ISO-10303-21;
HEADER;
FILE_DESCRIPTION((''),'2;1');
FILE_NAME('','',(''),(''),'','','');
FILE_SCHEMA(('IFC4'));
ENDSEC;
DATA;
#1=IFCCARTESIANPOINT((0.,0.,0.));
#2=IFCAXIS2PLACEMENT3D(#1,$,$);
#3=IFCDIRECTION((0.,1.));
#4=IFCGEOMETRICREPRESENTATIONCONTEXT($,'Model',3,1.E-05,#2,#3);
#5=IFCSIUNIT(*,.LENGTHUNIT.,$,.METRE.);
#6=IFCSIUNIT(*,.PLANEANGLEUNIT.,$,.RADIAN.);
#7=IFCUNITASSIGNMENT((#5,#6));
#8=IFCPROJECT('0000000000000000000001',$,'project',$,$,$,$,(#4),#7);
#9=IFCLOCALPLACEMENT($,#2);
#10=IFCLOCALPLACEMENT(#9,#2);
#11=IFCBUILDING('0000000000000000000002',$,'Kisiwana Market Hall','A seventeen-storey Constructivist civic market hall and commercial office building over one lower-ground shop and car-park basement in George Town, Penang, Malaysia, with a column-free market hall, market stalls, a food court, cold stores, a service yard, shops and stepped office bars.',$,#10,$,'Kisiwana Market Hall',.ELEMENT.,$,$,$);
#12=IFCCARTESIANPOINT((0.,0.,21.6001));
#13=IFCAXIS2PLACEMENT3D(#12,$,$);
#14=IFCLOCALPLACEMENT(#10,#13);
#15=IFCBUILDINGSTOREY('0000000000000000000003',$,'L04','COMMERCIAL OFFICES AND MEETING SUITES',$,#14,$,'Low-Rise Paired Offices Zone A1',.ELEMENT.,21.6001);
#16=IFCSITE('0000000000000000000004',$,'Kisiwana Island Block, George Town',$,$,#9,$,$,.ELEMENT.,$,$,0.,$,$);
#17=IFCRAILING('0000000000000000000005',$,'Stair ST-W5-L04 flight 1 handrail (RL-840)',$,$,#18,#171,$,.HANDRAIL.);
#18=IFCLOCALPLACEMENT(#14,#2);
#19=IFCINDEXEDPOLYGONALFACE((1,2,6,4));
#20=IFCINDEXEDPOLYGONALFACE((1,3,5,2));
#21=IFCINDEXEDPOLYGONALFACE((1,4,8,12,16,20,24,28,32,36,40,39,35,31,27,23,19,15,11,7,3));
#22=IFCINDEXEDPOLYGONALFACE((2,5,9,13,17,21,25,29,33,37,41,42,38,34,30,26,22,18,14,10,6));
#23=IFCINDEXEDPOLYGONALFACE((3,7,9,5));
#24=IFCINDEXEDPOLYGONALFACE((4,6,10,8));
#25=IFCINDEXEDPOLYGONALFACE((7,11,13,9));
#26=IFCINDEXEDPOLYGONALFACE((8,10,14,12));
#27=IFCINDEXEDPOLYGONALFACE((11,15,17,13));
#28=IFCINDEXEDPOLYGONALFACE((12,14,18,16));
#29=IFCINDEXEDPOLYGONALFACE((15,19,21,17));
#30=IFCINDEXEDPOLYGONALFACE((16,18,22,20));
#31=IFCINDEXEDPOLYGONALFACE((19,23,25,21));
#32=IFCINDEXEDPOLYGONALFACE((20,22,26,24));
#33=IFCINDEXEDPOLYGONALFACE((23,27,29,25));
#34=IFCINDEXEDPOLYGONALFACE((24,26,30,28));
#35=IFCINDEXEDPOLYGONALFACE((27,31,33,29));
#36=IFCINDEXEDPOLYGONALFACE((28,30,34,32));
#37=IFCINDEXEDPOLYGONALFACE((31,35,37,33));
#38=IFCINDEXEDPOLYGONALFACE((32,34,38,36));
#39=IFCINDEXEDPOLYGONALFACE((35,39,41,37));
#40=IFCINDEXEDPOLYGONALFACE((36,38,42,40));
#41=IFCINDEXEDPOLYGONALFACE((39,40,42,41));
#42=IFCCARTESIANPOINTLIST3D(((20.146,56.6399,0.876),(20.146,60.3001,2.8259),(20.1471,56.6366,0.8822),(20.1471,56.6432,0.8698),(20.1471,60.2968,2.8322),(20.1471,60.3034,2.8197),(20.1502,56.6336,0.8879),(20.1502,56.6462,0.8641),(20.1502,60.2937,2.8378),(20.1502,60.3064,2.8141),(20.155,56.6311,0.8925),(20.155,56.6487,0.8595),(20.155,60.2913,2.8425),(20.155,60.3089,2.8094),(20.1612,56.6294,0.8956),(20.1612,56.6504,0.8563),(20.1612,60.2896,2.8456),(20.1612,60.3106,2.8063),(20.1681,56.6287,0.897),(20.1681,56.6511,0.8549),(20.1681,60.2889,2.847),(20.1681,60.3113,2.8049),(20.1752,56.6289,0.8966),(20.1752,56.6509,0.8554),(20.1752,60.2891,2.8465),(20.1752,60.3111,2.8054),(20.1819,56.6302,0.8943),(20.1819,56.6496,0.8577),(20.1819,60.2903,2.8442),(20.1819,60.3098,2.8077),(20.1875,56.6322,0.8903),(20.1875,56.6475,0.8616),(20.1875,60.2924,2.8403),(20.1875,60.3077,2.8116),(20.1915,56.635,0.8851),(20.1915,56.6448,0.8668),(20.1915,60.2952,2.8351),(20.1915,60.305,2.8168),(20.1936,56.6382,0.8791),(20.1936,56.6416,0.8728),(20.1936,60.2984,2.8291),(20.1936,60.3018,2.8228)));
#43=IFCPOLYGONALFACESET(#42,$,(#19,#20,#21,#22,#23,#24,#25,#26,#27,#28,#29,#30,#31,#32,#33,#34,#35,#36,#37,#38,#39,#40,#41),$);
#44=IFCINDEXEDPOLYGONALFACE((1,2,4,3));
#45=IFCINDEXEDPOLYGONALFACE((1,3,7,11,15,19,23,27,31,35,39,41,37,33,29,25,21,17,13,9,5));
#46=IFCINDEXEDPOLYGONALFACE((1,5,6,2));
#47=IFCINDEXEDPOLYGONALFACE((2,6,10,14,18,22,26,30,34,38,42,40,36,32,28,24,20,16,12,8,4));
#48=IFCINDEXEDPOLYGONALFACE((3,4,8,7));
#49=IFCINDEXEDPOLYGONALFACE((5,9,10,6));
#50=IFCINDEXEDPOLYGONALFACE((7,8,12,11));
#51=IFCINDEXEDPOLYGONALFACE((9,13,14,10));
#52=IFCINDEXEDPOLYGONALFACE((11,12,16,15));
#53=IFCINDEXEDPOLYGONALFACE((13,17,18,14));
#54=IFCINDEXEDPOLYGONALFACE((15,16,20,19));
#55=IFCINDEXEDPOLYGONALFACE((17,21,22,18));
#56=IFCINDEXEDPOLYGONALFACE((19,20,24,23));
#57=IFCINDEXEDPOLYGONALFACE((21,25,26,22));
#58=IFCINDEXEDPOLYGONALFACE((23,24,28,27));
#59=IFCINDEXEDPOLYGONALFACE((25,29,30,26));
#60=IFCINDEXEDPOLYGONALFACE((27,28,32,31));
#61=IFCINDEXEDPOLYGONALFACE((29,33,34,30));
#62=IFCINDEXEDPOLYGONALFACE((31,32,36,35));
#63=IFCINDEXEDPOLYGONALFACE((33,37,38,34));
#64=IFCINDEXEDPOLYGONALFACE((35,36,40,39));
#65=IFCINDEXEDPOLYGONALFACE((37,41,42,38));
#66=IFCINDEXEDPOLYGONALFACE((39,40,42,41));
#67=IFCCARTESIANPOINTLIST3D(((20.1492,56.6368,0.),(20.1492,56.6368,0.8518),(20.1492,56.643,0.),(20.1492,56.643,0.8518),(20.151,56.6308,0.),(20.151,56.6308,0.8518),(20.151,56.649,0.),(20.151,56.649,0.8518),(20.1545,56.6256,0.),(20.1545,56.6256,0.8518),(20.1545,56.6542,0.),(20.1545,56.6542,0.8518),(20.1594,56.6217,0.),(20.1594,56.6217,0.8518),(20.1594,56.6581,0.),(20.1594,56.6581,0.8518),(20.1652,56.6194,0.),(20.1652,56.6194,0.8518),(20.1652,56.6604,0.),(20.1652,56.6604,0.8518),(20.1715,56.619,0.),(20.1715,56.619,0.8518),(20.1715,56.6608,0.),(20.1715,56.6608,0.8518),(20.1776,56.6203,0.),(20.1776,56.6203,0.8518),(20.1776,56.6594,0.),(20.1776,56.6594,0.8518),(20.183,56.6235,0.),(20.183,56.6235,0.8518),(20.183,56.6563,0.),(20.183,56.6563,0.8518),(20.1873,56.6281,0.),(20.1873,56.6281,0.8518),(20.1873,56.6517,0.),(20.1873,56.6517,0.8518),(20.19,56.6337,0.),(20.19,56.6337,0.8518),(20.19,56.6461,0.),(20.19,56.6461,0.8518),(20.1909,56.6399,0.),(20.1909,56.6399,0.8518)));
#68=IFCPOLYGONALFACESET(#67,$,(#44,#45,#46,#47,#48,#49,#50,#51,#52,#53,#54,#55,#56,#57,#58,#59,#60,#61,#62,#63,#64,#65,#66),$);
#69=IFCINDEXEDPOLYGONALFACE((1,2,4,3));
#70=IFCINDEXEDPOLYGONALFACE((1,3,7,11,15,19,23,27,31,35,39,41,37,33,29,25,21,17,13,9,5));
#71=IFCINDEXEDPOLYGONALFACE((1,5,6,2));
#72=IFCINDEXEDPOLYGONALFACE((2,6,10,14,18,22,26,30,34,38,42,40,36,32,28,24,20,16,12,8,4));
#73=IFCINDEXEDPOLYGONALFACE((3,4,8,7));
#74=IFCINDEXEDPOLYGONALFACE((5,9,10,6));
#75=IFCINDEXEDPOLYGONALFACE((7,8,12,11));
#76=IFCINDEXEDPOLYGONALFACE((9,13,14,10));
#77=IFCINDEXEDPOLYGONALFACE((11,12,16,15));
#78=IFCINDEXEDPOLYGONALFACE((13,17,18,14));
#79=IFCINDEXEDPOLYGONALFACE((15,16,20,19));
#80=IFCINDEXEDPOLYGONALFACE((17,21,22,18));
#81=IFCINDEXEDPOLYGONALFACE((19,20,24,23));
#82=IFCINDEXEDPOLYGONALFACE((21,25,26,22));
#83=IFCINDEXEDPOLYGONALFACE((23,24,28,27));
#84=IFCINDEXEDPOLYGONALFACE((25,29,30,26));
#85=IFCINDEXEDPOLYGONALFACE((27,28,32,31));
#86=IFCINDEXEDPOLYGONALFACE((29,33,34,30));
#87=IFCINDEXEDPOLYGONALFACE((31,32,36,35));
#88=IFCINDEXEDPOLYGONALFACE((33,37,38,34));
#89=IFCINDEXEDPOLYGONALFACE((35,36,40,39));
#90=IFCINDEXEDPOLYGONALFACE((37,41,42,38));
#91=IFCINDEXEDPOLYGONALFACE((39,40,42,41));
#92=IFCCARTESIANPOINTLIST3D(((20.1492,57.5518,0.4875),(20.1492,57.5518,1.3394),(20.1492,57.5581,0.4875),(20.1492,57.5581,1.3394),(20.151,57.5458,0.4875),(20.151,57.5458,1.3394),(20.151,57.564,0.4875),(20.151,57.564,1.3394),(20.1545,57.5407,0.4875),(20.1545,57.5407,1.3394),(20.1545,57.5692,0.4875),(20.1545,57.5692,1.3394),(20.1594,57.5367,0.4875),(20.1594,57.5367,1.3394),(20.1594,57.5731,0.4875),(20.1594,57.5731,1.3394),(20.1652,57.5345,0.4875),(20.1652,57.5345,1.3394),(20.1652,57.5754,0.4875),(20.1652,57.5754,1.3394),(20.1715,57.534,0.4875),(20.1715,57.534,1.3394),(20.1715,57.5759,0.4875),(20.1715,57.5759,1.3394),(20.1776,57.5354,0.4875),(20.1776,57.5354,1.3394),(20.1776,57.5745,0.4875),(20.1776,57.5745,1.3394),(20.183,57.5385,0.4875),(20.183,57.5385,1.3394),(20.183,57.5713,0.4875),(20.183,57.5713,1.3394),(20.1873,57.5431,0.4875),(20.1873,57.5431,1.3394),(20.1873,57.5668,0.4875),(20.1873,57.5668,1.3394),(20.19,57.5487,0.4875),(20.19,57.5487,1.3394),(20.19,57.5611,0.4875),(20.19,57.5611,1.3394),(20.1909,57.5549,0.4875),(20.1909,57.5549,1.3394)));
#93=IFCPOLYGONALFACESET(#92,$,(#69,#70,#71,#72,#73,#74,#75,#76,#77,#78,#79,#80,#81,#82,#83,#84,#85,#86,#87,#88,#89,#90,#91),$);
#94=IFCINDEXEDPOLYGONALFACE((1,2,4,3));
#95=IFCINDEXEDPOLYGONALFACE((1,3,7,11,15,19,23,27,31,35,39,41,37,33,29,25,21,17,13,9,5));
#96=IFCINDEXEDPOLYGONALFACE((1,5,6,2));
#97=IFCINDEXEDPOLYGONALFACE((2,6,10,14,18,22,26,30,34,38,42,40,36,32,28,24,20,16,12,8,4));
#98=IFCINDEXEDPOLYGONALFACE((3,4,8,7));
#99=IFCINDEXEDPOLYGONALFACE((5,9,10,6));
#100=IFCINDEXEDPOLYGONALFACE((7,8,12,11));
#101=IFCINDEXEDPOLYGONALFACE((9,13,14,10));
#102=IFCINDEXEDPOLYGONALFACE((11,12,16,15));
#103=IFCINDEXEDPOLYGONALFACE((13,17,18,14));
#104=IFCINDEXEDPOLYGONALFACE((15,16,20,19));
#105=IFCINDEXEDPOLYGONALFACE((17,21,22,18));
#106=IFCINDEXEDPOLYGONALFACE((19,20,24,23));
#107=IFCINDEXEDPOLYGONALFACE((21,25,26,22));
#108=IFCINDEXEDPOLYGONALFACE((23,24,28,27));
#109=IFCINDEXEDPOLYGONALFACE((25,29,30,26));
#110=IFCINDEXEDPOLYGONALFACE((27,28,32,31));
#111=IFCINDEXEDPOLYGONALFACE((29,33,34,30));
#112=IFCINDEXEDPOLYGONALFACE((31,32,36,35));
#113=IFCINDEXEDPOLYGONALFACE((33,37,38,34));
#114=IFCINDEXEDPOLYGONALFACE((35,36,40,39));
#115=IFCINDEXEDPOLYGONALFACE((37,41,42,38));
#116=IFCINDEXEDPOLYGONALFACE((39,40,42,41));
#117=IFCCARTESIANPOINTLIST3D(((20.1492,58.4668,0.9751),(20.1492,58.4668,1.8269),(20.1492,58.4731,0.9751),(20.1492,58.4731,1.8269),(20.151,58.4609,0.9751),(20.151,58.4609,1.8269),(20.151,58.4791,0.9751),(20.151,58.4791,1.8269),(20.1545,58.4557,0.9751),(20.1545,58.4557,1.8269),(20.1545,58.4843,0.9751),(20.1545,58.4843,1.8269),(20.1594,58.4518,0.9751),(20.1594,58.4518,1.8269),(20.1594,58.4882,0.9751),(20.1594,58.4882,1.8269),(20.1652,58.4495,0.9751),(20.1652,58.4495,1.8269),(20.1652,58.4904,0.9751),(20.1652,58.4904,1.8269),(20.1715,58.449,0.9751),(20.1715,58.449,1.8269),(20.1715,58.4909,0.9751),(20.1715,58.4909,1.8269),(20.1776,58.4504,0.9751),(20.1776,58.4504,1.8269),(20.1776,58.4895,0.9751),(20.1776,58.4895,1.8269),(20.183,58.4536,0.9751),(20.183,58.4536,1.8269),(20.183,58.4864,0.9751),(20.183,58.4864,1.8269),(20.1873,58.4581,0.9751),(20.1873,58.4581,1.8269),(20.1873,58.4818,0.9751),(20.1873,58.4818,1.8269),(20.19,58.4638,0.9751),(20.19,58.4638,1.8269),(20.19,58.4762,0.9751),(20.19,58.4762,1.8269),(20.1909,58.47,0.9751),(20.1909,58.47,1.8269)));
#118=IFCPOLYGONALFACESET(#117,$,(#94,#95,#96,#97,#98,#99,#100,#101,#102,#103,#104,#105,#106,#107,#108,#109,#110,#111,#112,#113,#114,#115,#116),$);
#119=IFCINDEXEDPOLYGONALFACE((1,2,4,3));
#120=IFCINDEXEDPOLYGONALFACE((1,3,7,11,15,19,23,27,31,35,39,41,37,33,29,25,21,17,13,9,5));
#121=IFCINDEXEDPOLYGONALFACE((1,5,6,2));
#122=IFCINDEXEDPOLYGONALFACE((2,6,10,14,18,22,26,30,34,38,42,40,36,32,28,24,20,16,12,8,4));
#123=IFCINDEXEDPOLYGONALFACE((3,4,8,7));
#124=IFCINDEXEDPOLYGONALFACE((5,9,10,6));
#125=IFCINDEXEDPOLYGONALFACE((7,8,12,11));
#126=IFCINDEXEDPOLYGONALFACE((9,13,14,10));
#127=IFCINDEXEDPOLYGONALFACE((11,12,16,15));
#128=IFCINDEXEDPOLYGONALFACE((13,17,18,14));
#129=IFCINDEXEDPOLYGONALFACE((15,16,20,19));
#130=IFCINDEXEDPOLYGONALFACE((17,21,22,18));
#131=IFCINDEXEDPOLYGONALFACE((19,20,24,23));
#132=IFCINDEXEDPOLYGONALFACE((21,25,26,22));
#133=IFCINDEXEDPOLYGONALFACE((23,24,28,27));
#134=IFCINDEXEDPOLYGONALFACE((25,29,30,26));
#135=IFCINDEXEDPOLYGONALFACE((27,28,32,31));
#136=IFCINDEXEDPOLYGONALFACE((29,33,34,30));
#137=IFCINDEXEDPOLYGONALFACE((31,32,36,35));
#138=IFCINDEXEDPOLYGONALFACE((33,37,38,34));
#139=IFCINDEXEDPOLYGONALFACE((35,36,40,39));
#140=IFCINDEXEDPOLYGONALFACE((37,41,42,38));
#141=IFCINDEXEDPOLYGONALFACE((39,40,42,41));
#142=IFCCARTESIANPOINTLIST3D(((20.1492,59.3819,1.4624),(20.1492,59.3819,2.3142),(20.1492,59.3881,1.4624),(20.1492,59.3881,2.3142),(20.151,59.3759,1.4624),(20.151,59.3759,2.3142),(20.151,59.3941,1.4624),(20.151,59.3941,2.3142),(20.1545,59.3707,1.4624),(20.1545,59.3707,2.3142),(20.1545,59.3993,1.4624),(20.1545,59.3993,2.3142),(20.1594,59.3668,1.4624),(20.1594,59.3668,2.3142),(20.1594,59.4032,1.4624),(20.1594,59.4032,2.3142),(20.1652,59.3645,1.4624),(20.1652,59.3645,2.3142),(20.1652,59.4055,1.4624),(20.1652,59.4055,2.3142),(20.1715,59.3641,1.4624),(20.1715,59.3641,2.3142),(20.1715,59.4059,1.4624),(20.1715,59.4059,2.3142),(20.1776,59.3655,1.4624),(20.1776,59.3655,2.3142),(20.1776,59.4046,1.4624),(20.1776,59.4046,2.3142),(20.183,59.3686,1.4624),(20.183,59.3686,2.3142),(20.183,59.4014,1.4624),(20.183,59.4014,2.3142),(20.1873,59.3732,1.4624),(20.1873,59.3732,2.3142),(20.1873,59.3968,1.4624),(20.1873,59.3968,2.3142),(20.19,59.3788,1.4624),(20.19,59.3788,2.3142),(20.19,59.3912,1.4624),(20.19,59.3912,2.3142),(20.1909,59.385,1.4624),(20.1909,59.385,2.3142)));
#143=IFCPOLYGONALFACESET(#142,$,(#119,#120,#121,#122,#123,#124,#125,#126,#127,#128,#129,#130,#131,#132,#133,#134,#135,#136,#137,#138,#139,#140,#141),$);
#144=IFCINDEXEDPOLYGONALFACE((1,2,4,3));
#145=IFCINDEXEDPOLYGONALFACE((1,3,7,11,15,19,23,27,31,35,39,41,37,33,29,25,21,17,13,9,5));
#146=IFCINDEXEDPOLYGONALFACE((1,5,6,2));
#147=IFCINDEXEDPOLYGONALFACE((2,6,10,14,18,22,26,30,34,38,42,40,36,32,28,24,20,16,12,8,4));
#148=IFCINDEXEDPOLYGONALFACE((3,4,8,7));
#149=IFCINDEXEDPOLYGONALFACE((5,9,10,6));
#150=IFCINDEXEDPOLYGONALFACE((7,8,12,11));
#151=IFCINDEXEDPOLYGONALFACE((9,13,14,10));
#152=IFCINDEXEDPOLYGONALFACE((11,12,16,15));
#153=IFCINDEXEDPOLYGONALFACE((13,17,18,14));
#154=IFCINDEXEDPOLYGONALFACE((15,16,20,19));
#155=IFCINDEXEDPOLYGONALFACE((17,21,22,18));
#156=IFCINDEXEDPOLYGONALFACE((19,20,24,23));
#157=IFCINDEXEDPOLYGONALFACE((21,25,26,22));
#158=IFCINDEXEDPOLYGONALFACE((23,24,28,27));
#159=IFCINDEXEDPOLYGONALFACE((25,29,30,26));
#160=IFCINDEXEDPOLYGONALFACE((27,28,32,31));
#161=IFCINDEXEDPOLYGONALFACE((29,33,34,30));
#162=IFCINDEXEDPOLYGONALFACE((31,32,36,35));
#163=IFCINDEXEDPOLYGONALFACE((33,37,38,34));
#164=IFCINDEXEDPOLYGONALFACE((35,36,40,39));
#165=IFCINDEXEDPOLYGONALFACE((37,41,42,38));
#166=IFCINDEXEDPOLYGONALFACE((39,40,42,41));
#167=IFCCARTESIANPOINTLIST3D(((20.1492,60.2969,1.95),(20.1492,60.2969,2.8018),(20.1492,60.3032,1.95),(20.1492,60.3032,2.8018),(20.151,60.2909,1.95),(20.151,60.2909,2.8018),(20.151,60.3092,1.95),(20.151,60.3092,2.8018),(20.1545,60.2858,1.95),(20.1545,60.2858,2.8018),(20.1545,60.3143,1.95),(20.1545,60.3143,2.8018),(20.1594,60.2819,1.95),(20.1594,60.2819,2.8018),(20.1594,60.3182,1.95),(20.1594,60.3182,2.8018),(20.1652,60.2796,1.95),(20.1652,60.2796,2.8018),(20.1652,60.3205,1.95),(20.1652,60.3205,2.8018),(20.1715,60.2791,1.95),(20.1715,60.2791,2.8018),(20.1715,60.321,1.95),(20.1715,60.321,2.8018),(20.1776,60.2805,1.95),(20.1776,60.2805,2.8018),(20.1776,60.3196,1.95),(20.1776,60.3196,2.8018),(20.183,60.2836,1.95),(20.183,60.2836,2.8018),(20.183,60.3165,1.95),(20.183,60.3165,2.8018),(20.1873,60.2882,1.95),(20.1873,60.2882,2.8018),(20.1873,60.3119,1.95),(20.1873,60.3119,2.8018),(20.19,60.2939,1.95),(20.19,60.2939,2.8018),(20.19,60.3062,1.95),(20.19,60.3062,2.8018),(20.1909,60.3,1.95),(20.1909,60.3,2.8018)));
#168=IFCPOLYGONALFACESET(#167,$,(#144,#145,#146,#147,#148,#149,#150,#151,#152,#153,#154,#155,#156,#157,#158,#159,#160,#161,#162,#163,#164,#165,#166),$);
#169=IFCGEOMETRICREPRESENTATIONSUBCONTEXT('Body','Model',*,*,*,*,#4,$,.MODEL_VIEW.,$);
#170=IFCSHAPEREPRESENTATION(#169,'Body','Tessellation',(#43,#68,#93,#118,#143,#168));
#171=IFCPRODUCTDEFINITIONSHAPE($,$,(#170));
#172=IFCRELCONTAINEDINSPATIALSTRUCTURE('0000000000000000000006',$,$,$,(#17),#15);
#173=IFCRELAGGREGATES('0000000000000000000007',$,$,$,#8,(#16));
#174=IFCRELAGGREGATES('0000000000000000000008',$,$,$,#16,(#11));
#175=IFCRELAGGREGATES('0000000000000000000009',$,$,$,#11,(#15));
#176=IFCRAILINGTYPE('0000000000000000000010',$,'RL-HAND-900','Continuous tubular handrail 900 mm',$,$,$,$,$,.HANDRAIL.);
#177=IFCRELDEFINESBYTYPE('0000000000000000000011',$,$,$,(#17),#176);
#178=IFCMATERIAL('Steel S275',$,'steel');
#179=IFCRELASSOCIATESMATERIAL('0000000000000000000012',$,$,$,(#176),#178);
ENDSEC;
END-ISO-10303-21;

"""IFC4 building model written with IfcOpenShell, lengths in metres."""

from ifc_helpers import new_model, si_unit, direction, frame, origin, origin_2d, place, context, subcontext, project, spatial, circle, extrude, material, type_object, element, save


model = new_model("IFC4")

# Units and contexts
model_context = context("Model", 3, precision=1e-05, world=origin(), true_north=direction((0.0, 1.0)))
body_context = subcontext(model_context, "Body", "Model", "MODEL_VIEW")
ifc_project = project(units=[si_unit("LENGTHUNIT", "METRE"), si_unit("PLANEANGLEUNIT", "RADIAN")], contexts=[model_context])

# Site, building, storey
site_placement = place(None, origin())
site = spatial("IfcSite", under=ifc_project, at=site_placement, Name="Kisiwana Island Block, George Town", CompositionType="ELEMENT", RefElevation=0.0)
building_placement = place(site_placement, origin())
building = spatial("IfcBuilding", under=site, at=building_placement, Name="Kisiwana Market Hall", Description="A seventeen-storey Constructivist civic market hall and commercial office building over one lower-ground shop and car-park basement in George Town, Penang, Malaysia, with a column-free market hall, market stalls, a food court, cold stores, a service yard, shops and stepped office bars.", LongName="Kisiwana Market Hall", CompositionType="ELEMENT")
storey_placement = place(building_placement, frame((0.0, 0.0, 21.6001)))
storey = spatial("IfcBuildingStorey", under=building, at=storey_placement, Name="L04", Description="COMMERCIAL OFFICES AND MEETING SUITES", LongName="Low-Rise Paired Offices Zone A1", CompositionType="ELEMENT", Elevation=21.6001)

# Railing
ifc_material_1 = material(Name="Steel S275", Category="steel")
railing_type_1 = type_object("IfcRailingType", Name="RL-HAND-900", Description="Continuous tubular handrail 900 mm", PredefinedType="HANDRAIL", material=ifc_material_1)
for number, where, name in (
    (1, (20.1699, 56.6399, 0.0), "Stair ST-W5-L04 flight 1 handrail (RL-840)"),
):
    element("IfcRailing", number, at=place(storey_placement, frame(where)), inside=storey, type_object=railing_type_1, Name=name, PredefinedType="HANDRAIL", context=body_context, shape_type="SweptSolid", body=[
        extrude(circle(Radius=0.0239, at=origin_2d()), frame((0.0, 0.0, 0.876), z_axis=(0.0, 0.882566, 0.470188), x_axis=(-1.0, 0.0, 0.0)), (0.0, 0.0, 1.0), 4.1472),
        extrude(circle(Radius=0.021, at=origin_2d()), origin(), (0.0, 0.0, 1.0), 0.8518),
        extrude(circle(Radius=0.021, at=origin_2d()), frame((0.0, 0.915, 0.4875)), (0.0, 0.0, 1.0), 0.8518),
        extrude(circle(Radius=0.021, at=origin_2d()), frame((0.0, 1.8301, 0.9751)), (0.0, 0.0, 1.0), 0.8518),
        extrude(circle(Radius=0.021, at=origin_2d()), frame((0.0, 2.7451, 1.4624)), (0.0, 0.0, 1.0), 0.8518),
        extrude(circle(Radius=0.021, at=origin_2d()), frame((0.0, 3.6602, 1.95)), (0.0, 0.0, 1.0), 0.8518),
    ])

save(model, "model.ifc")
